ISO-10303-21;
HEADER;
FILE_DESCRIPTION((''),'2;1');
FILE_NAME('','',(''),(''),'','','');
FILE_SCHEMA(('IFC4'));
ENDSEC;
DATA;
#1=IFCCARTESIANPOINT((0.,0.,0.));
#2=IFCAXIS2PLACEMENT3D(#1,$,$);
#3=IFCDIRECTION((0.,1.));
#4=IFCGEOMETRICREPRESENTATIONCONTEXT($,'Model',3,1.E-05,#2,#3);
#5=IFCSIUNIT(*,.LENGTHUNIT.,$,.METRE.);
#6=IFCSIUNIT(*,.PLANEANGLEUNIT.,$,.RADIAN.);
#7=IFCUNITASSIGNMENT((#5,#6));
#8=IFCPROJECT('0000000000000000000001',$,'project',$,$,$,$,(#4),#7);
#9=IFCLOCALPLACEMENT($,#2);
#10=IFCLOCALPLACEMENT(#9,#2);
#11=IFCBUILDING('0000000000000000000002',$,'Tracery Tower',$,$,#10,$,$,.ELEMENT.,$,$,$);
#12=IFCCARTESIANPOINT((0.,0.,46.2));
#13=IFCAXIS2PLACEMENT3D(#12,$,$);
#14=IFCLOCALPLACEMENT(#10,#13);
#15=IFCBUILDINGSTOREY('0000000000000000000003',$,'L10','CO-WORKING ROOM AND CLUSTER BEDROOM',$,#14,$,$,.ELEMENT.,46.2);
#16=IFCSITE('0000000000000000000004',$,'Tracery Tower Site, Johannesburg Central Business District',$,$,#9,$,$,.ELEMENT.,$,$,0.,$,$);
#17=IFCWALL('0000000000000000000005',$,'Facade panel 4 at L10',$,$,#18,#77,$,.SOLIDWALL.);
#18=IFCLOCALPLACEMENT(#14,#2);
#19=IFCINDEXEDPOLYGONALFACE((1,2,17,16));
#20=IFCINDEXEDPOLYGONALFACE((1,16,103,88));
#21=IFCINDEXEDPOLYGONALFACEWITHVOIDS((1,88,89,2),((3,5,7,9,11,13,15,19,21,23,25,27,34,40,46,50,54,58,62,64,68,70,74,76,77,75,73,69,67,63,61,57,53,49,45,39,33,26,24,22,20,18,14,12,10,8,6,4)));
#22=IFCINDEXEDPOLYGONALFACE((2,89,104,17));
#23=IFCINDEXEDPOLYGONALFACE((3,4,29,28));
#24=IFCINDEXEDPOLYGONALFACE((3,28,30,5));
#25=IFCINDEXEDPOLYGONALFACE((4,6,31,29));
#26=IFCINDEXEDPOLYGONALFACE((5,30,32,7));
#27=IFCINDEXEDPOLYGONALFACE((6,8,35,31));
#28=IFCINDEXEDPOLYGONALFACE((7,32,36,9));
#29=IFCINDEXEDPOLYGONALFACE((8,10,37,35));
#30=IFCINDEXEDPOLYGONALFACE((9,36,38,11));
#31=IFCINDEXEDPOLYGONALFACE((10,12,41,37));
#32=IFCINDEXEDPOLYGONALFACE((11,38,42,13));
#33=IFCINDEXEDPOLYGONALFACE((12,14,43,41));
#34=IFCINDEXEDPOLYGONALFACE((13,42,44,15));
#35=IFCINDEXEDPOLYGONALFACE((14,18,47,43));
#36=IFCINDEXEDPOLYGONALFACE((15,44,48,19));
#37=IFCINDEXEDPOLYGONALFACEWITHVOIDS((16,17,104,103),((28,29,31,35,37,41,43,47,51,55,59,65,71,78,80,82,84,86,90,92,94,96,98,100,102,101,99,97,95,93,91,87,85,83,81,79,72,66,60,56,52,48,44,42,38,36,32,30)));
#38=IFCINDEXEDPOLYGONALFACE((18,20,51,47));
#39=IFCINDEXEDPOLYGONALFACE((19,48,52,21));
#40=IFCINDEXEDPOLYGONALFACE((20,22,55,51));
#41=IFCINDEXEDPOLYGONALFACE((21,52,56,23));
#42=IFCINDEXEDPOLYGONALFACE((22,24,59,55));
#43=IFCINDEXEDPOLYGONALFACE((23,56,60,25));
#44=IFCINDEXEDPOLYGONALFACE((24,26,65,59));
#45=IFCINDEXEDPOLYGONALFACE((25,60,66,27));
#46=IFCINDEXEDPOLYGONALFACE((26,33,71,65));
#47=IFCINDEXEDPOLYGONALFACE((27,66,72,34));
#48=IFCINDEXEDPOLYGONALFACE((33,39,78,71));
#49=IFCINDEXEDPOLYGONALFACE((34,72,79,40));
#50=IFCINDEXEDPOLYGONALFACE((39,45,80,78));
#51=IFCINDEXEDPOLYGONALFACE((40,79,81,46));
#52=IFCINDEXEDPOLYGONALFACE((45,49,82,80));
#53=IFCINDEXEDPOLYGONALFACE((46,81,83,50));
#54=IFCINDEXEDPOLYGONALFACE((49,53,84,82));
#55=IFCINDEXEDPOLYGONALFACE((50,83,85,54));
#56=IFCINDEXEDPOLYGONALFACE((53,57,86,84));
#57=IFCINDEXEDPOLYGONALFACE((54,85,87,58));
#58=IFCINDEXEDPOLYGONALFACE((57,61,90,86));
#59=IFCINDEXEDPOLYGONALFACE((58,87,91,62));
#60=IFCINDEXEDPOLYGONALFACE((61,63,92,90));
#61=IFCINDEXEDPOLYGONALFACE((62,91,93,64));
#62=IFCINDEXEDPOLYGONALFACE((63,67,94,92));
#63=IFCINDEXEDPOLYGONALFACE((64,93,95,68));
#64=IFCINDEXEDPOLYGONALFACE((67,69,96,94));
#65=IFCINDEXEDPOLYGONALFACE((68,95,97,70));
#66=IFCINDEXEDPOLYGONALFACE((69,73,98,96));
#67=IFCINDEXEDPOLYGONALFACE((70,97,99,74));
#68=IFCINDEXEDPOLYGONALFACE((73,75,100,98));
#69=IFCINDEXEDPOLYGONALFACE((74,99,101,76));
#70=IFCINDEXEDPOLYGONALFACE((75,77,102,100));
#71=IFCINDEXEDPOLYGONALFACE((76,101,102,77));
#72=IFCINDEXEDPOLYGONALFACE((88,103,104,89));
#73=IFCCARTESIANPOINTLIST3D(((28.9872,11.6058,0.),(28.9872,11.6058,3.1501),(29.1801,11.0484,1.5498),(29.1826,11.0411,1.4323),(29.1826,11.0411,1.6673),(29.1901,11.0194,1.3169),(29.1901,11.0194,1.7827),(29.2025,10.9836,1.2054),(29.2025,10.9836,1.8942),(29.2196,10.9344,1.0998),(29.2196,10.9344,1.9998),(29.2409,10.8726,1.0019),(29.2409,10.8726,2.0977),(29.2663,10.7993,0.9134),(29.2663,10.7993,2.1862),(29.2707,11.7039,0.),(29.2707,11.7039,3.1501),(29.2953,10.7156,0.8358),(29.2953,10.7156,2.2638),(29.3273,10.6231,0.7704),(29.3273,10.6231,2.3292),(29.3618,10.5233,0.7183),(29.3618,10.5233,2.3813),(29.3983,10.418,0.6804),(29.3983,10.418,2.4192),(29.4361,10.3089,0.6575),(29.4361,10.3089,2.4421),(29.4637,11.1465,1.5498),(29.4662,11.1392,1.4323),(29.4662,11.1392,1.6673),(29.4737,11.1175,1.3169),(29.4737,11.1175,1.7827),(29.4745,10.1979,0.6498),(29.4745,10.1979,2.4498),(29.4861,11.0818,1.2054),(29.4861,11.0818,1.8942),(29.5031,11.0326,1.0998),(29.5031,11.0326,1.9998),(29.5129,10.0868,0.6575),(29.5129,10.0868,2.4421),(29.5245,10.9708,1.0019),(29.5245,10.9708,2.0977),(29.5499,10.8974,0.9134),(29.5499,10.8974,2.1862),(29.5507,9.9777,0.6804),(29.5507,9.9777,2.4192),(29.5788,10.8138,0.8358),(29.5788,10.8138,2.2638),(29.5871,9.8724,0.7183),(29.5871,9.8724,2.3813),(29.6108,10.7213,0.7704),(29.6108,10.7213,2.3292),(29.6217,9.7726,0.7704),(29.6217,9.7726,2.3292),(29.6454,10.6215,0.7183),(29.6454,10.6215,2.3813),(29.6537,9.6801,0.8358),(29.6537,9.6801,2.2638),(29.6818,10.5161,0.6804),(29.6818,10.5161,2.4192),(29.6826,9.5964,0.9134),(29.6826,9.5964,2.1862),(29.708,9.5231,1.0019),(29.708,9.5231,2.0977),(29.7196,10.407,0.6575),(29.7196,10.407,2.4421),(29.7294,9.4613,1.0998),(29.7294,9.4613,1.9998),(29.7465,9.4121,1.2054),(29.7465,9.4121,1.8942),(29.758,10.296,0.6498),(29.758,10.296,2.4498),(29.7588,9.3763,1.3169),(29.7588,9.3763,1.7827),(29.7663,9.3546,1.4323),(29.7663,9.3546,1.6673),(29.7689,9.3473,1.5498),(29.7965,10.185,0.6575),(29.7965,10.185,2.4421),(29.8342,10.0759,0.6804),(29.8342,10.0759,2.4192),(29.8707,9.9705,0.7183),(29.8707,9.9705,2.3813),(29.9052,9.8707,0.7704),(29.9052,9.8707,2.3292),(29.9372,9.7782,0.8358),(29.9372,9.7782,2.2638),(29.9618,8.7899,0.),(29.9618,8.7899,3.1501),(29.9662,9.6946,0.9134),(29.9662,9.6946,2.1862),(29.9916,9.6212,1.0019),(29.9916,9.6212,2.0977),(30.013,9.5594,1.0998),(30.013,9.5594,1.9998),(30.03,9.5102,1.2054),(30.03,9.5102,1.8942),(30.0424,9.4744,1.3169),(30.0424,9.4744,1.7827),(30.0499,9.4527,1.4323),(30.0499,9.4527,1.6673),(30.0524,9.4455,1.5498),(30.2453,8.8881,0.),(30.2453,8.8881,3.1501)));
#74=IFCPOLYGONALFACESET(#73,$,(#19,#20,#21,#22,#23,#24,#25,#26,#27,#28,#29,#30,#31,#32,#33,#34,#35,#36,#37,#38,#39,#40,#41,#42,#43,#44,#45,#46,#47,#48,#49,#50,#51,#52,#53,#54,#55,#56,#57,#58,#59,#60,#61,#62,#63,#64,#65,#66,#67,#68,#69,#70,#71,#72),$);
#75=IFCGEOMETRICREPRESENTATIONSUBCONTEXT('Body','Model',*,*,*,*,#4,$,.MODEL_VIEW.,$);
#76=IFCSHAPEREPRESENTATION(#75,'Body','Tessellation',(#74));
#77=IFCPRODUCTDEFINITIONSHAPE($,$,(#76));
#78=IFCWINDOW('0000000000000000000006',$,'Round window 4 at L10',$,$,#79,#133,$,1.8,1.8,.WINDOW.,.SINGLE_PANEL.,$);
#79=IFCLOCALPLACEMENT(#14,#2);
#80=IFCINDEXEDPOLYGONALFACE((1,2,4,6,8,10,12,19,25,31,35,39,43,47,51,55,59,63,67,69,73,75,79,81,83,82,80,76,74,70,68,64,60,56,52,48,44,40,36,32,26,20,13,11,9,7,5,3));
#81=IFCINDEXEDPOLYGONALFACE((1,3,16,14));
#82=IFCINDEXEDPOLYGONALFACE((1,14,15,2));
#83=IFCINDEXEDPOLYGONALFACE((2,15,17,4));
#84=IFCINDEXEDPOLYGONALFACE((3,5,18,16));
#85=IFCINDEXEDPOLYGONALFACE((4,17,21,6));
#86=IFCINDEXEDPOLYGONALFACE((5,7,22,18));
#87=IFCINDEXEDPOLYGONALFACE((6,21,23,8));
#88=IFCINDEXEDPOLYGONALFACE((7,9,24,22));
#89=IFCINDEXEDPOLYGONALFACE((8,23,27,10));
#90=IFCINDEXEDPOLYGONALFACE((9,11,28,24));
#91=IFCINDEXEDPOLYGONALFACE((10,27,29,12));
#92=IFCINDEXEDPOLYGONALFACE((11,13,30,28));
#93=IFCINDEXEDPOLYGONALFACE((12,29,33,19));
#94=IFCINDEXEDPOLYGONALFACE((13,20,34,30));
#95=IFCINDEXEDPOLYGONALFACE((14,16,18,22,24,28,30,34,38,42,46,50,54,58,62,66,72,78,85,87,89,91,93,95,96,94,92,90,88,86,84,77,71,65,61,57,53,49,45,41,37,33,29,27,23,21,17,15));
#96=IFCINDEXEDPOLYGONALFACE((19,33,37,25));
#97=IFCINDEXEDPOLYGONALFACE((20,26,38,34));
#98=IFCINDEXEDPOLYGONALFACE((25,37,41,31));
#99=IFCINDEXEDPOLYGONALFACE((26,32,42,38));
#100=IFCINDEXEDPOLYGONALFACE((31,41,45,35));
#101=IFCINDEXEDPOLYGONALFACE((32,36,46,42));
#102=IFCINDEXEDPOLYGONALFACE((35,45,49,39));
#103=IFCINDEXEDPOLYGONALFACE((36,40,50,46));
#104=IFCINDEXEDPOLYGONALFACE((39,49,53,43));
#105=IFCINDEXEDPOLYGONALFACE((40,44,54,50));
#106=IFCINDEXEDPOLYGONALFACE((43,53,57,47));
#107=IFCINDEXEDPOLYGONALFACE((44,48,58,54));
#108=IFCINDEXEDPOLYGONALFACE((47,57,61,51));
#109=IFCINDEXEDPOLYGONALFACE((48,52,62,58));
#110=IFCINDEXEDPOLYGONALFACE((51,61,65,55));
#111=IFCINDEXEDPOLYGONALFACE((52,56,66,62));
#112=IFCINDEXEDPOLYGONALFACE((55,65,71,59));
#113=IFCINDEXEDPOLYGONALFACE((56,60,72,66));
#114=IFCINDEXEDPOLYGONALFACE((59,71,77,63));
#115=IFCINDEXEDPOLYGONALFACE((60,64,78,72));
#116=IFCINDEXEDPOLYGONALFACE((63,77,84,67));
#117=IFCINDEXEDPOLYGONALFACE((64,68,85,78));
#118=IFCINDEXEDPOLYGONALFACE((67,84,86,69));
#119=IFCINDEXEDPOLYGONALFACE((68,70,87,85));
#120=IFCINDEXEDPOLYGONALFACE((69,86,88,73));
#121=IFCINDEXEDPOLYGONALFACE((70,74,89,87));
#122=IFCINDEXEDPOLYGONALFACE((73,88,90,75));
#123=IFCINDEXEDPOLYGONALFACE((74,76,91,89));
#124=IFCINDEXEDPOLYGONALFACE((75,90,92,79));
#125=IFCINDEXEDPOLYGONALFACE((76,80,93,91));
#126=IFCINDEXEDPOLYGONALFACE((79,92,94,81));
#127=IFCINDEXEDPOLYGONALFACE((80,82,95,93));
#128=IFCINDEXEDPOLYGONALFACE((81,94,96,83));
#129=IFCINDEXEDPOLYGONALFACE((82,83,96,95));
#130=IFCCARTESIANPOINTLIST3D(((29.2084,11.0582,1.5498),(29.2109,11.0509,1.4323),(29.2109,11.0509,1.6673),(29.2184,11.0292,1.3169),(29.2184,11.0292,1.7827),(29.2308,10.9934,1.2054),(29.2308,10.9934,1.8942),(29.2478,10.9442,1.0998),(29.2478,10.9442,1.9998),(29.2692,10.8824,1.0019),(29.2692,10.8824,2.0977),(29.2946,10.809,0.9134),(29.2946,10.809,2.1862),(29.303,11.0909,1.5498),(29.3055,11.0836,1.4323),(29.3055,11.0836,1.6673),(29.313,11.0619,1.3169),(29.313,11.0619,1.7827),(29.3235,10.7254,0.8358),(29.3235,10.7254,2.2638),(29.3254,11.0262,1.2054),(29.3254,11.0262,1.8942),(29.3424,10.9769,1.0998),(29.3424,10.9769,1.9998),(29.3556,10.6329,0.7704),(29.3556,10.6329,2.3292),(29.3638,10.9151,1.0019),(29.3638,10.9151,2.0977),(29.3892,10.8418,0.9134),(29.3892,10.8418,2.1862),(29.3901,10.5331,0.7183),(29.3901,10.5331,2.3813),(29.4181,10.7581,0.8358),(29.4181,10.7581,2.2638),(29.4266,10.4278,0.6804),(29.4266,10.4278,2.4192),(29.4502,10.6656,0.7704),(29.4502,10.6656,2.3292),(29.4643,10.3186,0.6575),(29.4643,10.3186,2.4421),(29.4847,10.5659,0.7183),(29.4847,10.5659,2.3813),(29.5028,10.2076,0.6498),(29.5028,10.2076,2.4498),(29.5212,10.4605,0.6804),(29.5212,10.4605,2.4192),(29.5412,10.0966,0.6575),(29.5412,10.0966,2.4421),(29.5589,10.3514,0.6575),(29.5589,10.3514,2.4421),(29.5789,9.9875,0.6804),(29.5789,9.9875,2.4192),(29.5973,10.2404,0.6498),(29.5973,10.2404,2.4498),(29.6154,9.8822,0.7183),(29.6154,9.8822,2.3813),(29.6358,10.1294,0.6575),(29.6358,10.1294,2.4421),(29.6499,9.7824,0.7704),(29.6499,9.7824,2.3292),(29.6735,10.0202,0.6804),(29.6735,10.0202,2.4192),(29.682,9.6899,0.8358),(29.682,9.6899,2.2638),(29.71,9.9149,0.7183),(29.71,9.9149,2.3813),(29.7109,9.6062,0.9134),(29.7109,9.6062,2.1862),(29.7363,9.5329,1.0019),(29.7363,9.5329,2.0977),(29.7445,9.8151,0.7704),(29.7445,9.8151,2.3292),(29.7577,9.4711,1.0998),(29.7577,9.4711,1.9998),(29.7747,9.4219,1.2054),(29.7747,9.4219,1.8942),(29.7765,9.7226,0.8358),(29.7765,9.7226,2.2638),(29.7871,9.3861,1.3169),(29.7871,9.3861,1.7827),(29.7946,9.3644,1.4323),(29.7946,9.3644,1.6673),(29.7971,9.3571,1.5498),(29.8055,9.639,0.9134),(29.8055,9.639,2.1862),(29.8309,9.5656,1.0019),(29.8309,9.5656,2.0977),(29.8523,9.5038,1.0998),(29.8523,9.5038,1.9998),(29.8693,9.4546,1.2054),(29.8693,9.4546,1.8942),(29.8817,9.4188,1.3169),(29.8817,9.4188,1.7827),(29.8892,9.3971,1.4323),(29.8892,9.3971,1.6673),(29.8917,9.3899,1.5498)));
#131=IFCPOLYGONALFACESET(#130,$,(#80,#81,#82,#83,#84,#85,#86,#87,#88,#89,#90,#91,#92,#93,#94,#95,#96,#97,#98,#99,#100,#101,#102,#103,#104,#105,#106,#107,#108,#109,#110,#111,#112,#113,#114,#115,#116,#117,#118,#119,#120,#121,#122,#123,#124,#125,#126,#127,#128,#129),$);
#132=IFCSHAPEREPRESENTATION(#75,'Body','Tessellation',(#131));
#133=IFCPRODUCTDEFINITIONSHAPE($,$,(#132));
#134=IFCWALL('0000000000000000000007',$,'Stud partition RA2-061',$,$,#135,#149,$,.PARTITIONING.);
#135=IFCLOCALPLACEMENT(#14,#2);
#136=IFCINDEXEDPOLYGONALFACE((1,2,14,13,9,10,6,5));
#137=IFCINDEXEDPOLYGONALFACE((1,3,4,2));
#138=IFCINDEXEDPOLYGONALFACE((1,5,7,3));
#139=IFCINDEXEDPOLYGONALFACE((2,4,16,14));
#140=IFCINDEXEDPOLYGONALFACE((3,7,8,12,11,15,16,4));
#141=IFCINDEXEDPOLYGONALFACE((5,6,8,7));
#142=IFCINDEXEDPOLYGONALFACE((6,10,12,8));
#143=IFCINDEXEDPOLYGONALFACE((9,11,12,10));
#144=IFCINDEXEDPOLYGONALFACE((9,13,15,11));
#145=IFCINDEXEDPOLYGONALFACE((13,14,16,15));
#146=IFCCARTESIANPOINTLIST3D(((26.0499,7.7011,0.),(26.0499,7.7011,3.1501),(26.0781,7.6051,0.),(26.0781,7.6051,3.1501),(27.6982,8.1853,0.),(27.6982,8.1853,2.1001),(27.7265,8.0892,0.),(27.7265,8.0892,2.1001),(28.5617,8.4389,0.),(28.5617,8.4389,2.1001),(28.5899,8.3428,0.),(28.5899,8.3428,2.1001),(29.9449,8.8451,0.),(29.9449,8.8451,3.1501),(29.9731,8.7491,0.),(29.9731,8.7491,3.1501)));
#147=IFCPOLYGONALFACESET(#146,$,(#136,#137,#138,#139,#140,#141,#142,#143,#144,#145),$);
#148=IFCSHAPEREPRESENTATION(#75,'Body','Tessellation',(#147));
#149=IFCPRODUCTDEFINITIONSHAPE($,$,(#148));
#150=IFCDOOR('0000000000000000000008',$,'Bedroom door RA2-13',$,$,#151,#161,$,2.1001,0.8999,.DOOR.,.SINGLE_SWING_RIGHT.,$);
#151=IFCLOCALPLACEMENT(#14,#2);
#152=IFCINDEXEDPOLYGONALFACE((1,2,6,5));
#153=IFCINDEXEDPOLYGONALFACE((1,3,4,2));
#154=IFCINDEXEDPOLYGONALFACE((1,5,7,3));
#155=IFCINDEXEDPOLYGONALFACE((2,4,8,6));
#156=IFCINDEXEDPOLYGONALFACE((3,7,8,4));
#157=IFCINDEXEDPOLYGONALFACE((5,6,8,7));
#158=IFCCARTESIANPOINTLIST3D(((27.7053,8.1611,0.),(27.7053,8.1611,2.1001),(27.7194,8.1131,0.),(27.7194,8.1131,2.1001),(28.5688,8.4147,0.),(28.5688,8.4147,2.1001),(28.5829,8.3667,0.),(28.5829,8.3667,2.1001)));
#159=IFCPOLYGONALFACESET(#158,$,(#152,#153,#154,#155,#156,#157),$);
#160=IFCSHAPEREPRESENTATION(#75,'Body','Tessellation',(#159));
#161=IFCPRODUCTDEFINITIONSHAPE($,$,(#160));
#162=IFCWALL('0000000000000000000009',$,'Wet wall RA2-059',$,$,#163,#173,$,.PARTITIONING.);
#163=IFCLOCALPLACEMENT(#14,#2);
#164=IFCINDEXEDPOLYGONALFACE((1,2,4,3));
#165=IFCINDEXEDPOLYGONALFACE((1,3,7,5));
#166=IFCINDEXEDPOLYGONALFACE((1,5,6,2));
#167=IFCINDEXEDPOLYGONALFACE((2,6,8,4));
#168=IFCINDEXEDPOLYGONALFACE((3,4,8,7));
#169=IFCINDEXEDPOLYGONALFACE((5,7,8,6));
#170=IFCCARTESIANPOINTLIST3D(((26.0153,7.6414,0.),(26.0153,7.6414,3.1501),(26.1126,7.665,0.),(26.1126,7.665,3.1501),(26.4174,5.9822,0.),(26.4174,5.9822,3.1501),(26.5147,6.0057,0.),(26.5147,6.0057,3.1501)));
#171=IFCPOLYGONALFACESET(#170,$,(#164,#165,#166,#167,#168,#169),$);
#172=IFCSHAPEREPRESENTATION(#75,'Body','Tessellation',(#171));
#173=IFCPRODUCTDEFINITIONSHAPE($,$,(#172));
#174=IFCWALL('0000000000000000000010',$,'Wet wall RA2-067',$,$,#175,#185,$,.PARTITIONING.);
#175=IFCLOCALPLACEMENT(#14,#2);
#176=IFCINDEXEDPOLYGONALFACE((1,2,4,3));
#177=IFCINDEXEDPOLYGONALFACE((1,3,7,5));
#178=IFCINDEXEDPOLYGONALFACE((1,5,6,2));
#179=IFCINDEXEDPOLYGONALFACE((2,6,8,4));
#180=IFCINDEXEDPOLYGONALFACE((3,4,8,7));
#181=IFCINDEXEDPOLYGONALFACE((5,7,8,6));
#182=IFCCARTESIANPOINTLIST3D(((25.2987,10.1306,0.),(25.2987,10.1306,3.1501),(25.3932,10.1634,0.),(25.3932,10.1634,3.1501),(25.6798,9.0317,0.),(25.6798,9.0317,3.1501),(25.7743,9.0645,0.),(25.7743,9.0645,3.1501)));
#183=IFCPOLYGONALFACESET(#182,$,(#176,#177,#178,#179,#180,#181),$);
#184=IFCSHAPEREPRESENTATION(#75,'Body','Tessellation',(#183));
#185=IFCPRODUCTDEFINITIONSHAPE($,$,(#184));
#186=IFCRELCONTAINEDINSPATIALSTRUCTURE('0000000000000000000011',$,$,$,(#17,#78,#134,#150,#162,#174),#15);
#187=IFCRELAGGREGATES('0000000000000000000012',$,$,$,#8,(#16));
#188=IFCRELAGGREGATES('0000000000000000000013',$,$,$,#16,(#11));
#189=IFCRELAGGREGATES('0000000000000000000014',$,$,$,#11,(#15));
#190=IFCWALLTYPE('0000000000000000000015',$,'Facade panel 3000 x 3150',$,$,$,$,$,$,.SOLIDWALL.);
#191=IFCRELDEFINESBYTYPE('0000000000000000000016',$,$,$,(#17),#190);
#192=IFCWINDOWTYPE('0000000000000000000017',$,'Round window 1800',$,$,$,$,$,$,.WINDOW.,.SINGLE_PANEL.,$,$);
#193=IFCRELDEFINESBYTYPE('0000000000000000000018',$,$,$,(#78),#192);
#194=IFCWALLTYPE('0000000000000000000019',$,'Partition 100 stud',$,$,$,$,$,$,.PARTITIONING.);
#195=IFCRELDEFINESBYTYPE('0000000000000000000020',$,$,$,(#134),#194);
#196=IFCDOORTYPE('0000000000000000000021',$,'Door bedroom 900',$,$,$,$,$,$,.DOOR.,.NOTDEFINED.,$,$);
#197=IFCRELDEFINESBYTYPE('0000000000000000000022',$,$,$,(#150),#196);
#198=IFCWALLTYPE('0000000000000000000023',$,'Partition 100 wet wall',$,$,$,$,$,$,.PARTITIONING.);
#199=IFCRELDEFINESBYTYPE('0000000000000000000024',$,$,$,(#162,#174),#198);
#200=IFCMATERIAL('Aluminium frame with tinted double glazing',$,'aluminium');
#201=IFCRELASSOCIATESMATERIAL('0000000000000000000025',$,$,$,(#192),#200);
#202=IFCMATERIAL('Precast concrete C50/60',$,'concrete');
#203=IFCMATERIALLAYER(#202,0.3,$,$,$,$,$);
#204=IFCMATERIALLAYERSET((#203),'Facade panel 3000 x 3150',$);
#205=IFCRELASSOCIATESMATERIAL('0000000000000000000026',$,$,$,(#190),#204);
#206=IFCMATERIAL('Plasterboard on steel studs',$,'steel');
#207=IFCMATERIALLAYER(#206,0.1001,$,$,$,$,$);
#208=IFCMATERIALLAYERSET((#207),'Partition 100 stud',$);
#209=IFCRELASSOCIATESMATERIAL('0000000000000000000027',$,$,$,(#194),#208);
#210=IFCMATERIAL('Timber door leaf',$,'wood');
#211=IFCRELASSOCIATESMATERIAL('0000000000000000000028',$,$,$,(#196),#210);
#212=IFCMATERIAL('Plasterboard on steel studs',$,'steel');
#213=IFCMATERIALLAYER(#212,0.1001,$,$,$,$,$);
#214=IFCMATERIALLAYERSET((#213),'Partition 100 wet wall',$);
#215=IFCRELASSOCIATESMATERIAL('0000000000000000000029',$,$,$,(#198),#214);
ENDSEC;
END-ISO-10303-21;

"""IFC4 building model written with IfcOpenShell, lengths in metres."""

from ifc_helpers import new_model, si_unit, direction, frame, frame_2d, origin, origin_2d, place, context, subcontext, project, spatial, rectangle, circle, extrude, material, layer, layer_set, type_object, element, fill, save


model = new_model("IFC4")

# Units and contexts
model_context = context("Model", 3, precision=1e-05, world=origin(), true_north=direction((0.0, 1.0)))
body_context = subcontext(model_context, "Body", "Model", "MODEL_VIEW")
ifc_project = project(units=[si_unit("LENGTHUNIT", "METRE"), si_unit("PLANEANGLEUNIT", "RADIAN")], contexts=[model_context])

# Site, building, storey
site_placement = place(None, origin())
site = spatial("IfcSite", under=ifc_project, at=site_placement, Name="Tracery Tower Site, Johannesburg Central Business District", CompositionType="ELEMENT", RefElevation=0.0)
building_placement = place(site_placement, origin())
building = spatial("IfcBuilding", under=site, at=building_placement, Name="Tracery Tower", CompositionType="ELEMENT")
storey_placement = place(building_placement, frame((0.0, 0.0, 46.2)))
storey = spatial("IfcBuildingStorey", under=building, at=storey_placement, Name="L10", Description="CO-WORKING ROOM AND CLUSTER BEDROOM", CompositionType="ELEMENT", Elevation=46.2)

# Wall, opening, window
ifc_material_1 = material(Name="Aluminium frame with tinted double glazing", Category="aluminium")
window_type = type_object("IfcWindowType", Name="Round window 1800", PartitioningType="SINGLE_PANEL", PredefinedType="WINDOW", material=ifc_material_1)
ifc_material_2 = material(Name="Precast concrete C50/60", Category="concrete")
ifc_layer_1 = layer(ifc_material_2, 0.3)
ifc_layer_set_1 = layer_set([ifc_layer_1], Name="Facade panel 3000 x 3150")
wall_type_1 = type_object("IfcWallType", Name="Facade panel 3000 x 3150", PredefinedType="SOLIDWALL", material=ifc_layer_set_1)
wall_1_placement = place(storey_placement, frame((30.1035, 8.8391, 0.0), z_axis=(0.0, 0.0, 1.0), x_axis=(-0.327071, 0.945, 0.0)))
wall_1 = element("IfcWall", 1, at=wall_1_placement, inside=storey, type_object=wall_type_1, Name="Facade panel 4 at L10", PredefinedType="SOLIDWALL", context=body_context, shape_type="SweptSolid", body=[
    extrude(rectangle(XDim=2.9797, YDim=0.3, at=frame_2d((1.4897, 0.0))), origin(), (0.0, 0.0, 1.0), 3.1501),
])
opening_1_placement = place(wall_1_placement, frame((1.4897, 0.0, 1.5498)))
opening_1 = element("IfcOpeningElement", 2, at=opening_1_placement, cuts=wall_1, PredefinedType="OPENING", context=body_context, shape_type="SweptSolid", body=[
    extrude(circle(Radius=0.9, at=origin_2d()), frame((0.0, 0.1599, 0.0), z_axis=(0.0, -1.0, 0.0), x_axis=(1.0, 0.0, 0.0)), (0.0, 0.0, 1.0), 0.3201),
])
window_1_placement = place(opening_1_placement, origin())
window_1 = element("IfcWindow", 3, at=window_1_placement, inside=storey, type_object=window_type, Name="Round window 4 at L10", OverallHeight=1.8, OverallWidth=1.8, PartitioningType="SINGLE_PANEL", PredefinedType="WINDOW", context=body_context, shape_type="SweptSolid", body=[
    extrude(circle(Radius=0.9, at=origin_2d()), frame((0.0, 0.1201, 0.0), z_axis=(0.0, -1.0, 0.0), x_axis=(1.0, 0.0, 0.0)), (0.0, 0.0, 1.0), 0.1001),
])
fill(opening_1, window_1)

# Wall, opening, door
ifc_material_3 = material(Name="Plasterboard on steel studs", Category="steel")
ifc_layer_2 = layer(ifc_material_3, 0.1001)
ifc_layer_set_2 = layer_set([ifc_layer_2], Name="Partition 100 stud")
wall_type_2 = type_object("IfcWallType", Name="Partition 100 stud", PredefinedType="PARTITIONING", material=ifc_layer_set_2)
wall_2_placement = place(storey_placement, frame((26.064, 7.6531, 0.0), z_axis=(0.0, 0.0, 1.0), x_axis=(0.959469, 0.281815, 0.0)))
wall_2 = element("IfcWall", 4, at=wall_2_placement, inside=storey, type_object=wall_type_2, Name="Stud partition RA2-061", PredefinedType="PARTITIONING", context=body_context, shape_type="SweptSolid", body=[
    extrude(rectangle(XDim=4.0596, YDim=0.1001, at=frame_2d((2.0298, 0.0))), origin(), (0.0, 0.0, 1.0), 3.1501),
])
opening_2_placement = place(wall_2_placement, frame((1.718, 0.0, 0.0)))
opening_2 = element("IfcOpeningElement", 5, at=opening_2_placement, cuts=wall_2, PredefinedType="OPENING", context=body_context, shape_type="SweptSolid", body=[
    extrude(rectangle(XDim=0.8999, YDim=2.1001, at=frame_2d((0.45, 1.05))), frame((0.0, 0.05, 0.0), z_axis=(0.0, -1.0, 0.0), x_axis=(1.0, 0.0, 0.0)), (0.0, 0.0, 1.0), 0.1001),
])
ifc_material_4 = material(Name="Timber door leaf", Category="wood")
door_type = type_object("IfcDoorType", Name="Door bedroom 900", OperationType="NOTDEFINED", PredefinedType="DOOR", material=ifc_material_4)
door_placement = place(opening_2_placement, origin())
door = element("IfcDoor", 6, at=door_placement, inside=storey, type_object=door_type, Name="Bedroom door RA2-13", OperationType="SINGLE_SWING_RIGHT", OverallHeight=2.1001, OverallWidth=0.8999, PredefinedType="DOOR", context=body_context, shape_type="SweptSolid", body=[
    extrude(rectangle(XDim=0.8999, YDim=2.1001, at=frame_2d((0.45, 1.05))), frame((0.0, 0.0249, 0.0), z_axis=(0.0, -1.0, 0.0), x_axis=(1.0, 0.0, 0.0)), (0.0, 0.0, 1.0), 0.05),
])
fill(opening_2, door)

# Walls
ifc_material_5 = material(Name="Plasterboard on steel studs", Category="steel")
ifc_layer_3 = layer(ifc_material_5, 0.1001)
ifc_layer_set_3 = layer_set([ifc_layer_3], Name="Partition 100 wet wall")
wall_type_3 = type_object("IfcWallType", Name="Partition 100 wet wall", PredefinedType="PARTITIONING", material=ifc_layer_set_3)
wall_3_placement = place(storey_placement, frame((26.064, 7.6531, 0.0), z_axis=(0.0, 0.0, 1.0), x_axis=(0.23553, -0.971867, 0.0)))
element("IfcWall", 7, at=wall_3_placement, inside=storey, type_object=wall_type_3, Name="Wet wall RA2-059", PredefinedType="PARTITIONING", context=body_context, shape_type="SweptSolid", body=[
    extrude(rectangle(XDim=1.7073, YDim=0.1001, at=frame_2d((0.8535, 0.0))), origin(), (0.0, 0.0, 1.0), 3.1501),
])
wall_4_placement = place(storey_placement, frame((25.3459, 10.147, 0.0), z_axis=(0.0, 0.0, 1.0), x_axis=(0.327666, -0.944794, 0.0)))
element("IfcWall", 8, at=wall_4_placement, inside=storey, type_object=wall_type_3, Name="Wet wall RA2-067", PredefinedType="PARTITIONING", context=body_context, shape_type="SweptSolid", body=[
    extrude(rectangle(XDim=1.1631, YDim=0.1001, at=frame_2d((0.5815, 0.0))), origin(), (0.0, 0.0, 1.0), 3.1501),
])

save(model, "model.ifc")
